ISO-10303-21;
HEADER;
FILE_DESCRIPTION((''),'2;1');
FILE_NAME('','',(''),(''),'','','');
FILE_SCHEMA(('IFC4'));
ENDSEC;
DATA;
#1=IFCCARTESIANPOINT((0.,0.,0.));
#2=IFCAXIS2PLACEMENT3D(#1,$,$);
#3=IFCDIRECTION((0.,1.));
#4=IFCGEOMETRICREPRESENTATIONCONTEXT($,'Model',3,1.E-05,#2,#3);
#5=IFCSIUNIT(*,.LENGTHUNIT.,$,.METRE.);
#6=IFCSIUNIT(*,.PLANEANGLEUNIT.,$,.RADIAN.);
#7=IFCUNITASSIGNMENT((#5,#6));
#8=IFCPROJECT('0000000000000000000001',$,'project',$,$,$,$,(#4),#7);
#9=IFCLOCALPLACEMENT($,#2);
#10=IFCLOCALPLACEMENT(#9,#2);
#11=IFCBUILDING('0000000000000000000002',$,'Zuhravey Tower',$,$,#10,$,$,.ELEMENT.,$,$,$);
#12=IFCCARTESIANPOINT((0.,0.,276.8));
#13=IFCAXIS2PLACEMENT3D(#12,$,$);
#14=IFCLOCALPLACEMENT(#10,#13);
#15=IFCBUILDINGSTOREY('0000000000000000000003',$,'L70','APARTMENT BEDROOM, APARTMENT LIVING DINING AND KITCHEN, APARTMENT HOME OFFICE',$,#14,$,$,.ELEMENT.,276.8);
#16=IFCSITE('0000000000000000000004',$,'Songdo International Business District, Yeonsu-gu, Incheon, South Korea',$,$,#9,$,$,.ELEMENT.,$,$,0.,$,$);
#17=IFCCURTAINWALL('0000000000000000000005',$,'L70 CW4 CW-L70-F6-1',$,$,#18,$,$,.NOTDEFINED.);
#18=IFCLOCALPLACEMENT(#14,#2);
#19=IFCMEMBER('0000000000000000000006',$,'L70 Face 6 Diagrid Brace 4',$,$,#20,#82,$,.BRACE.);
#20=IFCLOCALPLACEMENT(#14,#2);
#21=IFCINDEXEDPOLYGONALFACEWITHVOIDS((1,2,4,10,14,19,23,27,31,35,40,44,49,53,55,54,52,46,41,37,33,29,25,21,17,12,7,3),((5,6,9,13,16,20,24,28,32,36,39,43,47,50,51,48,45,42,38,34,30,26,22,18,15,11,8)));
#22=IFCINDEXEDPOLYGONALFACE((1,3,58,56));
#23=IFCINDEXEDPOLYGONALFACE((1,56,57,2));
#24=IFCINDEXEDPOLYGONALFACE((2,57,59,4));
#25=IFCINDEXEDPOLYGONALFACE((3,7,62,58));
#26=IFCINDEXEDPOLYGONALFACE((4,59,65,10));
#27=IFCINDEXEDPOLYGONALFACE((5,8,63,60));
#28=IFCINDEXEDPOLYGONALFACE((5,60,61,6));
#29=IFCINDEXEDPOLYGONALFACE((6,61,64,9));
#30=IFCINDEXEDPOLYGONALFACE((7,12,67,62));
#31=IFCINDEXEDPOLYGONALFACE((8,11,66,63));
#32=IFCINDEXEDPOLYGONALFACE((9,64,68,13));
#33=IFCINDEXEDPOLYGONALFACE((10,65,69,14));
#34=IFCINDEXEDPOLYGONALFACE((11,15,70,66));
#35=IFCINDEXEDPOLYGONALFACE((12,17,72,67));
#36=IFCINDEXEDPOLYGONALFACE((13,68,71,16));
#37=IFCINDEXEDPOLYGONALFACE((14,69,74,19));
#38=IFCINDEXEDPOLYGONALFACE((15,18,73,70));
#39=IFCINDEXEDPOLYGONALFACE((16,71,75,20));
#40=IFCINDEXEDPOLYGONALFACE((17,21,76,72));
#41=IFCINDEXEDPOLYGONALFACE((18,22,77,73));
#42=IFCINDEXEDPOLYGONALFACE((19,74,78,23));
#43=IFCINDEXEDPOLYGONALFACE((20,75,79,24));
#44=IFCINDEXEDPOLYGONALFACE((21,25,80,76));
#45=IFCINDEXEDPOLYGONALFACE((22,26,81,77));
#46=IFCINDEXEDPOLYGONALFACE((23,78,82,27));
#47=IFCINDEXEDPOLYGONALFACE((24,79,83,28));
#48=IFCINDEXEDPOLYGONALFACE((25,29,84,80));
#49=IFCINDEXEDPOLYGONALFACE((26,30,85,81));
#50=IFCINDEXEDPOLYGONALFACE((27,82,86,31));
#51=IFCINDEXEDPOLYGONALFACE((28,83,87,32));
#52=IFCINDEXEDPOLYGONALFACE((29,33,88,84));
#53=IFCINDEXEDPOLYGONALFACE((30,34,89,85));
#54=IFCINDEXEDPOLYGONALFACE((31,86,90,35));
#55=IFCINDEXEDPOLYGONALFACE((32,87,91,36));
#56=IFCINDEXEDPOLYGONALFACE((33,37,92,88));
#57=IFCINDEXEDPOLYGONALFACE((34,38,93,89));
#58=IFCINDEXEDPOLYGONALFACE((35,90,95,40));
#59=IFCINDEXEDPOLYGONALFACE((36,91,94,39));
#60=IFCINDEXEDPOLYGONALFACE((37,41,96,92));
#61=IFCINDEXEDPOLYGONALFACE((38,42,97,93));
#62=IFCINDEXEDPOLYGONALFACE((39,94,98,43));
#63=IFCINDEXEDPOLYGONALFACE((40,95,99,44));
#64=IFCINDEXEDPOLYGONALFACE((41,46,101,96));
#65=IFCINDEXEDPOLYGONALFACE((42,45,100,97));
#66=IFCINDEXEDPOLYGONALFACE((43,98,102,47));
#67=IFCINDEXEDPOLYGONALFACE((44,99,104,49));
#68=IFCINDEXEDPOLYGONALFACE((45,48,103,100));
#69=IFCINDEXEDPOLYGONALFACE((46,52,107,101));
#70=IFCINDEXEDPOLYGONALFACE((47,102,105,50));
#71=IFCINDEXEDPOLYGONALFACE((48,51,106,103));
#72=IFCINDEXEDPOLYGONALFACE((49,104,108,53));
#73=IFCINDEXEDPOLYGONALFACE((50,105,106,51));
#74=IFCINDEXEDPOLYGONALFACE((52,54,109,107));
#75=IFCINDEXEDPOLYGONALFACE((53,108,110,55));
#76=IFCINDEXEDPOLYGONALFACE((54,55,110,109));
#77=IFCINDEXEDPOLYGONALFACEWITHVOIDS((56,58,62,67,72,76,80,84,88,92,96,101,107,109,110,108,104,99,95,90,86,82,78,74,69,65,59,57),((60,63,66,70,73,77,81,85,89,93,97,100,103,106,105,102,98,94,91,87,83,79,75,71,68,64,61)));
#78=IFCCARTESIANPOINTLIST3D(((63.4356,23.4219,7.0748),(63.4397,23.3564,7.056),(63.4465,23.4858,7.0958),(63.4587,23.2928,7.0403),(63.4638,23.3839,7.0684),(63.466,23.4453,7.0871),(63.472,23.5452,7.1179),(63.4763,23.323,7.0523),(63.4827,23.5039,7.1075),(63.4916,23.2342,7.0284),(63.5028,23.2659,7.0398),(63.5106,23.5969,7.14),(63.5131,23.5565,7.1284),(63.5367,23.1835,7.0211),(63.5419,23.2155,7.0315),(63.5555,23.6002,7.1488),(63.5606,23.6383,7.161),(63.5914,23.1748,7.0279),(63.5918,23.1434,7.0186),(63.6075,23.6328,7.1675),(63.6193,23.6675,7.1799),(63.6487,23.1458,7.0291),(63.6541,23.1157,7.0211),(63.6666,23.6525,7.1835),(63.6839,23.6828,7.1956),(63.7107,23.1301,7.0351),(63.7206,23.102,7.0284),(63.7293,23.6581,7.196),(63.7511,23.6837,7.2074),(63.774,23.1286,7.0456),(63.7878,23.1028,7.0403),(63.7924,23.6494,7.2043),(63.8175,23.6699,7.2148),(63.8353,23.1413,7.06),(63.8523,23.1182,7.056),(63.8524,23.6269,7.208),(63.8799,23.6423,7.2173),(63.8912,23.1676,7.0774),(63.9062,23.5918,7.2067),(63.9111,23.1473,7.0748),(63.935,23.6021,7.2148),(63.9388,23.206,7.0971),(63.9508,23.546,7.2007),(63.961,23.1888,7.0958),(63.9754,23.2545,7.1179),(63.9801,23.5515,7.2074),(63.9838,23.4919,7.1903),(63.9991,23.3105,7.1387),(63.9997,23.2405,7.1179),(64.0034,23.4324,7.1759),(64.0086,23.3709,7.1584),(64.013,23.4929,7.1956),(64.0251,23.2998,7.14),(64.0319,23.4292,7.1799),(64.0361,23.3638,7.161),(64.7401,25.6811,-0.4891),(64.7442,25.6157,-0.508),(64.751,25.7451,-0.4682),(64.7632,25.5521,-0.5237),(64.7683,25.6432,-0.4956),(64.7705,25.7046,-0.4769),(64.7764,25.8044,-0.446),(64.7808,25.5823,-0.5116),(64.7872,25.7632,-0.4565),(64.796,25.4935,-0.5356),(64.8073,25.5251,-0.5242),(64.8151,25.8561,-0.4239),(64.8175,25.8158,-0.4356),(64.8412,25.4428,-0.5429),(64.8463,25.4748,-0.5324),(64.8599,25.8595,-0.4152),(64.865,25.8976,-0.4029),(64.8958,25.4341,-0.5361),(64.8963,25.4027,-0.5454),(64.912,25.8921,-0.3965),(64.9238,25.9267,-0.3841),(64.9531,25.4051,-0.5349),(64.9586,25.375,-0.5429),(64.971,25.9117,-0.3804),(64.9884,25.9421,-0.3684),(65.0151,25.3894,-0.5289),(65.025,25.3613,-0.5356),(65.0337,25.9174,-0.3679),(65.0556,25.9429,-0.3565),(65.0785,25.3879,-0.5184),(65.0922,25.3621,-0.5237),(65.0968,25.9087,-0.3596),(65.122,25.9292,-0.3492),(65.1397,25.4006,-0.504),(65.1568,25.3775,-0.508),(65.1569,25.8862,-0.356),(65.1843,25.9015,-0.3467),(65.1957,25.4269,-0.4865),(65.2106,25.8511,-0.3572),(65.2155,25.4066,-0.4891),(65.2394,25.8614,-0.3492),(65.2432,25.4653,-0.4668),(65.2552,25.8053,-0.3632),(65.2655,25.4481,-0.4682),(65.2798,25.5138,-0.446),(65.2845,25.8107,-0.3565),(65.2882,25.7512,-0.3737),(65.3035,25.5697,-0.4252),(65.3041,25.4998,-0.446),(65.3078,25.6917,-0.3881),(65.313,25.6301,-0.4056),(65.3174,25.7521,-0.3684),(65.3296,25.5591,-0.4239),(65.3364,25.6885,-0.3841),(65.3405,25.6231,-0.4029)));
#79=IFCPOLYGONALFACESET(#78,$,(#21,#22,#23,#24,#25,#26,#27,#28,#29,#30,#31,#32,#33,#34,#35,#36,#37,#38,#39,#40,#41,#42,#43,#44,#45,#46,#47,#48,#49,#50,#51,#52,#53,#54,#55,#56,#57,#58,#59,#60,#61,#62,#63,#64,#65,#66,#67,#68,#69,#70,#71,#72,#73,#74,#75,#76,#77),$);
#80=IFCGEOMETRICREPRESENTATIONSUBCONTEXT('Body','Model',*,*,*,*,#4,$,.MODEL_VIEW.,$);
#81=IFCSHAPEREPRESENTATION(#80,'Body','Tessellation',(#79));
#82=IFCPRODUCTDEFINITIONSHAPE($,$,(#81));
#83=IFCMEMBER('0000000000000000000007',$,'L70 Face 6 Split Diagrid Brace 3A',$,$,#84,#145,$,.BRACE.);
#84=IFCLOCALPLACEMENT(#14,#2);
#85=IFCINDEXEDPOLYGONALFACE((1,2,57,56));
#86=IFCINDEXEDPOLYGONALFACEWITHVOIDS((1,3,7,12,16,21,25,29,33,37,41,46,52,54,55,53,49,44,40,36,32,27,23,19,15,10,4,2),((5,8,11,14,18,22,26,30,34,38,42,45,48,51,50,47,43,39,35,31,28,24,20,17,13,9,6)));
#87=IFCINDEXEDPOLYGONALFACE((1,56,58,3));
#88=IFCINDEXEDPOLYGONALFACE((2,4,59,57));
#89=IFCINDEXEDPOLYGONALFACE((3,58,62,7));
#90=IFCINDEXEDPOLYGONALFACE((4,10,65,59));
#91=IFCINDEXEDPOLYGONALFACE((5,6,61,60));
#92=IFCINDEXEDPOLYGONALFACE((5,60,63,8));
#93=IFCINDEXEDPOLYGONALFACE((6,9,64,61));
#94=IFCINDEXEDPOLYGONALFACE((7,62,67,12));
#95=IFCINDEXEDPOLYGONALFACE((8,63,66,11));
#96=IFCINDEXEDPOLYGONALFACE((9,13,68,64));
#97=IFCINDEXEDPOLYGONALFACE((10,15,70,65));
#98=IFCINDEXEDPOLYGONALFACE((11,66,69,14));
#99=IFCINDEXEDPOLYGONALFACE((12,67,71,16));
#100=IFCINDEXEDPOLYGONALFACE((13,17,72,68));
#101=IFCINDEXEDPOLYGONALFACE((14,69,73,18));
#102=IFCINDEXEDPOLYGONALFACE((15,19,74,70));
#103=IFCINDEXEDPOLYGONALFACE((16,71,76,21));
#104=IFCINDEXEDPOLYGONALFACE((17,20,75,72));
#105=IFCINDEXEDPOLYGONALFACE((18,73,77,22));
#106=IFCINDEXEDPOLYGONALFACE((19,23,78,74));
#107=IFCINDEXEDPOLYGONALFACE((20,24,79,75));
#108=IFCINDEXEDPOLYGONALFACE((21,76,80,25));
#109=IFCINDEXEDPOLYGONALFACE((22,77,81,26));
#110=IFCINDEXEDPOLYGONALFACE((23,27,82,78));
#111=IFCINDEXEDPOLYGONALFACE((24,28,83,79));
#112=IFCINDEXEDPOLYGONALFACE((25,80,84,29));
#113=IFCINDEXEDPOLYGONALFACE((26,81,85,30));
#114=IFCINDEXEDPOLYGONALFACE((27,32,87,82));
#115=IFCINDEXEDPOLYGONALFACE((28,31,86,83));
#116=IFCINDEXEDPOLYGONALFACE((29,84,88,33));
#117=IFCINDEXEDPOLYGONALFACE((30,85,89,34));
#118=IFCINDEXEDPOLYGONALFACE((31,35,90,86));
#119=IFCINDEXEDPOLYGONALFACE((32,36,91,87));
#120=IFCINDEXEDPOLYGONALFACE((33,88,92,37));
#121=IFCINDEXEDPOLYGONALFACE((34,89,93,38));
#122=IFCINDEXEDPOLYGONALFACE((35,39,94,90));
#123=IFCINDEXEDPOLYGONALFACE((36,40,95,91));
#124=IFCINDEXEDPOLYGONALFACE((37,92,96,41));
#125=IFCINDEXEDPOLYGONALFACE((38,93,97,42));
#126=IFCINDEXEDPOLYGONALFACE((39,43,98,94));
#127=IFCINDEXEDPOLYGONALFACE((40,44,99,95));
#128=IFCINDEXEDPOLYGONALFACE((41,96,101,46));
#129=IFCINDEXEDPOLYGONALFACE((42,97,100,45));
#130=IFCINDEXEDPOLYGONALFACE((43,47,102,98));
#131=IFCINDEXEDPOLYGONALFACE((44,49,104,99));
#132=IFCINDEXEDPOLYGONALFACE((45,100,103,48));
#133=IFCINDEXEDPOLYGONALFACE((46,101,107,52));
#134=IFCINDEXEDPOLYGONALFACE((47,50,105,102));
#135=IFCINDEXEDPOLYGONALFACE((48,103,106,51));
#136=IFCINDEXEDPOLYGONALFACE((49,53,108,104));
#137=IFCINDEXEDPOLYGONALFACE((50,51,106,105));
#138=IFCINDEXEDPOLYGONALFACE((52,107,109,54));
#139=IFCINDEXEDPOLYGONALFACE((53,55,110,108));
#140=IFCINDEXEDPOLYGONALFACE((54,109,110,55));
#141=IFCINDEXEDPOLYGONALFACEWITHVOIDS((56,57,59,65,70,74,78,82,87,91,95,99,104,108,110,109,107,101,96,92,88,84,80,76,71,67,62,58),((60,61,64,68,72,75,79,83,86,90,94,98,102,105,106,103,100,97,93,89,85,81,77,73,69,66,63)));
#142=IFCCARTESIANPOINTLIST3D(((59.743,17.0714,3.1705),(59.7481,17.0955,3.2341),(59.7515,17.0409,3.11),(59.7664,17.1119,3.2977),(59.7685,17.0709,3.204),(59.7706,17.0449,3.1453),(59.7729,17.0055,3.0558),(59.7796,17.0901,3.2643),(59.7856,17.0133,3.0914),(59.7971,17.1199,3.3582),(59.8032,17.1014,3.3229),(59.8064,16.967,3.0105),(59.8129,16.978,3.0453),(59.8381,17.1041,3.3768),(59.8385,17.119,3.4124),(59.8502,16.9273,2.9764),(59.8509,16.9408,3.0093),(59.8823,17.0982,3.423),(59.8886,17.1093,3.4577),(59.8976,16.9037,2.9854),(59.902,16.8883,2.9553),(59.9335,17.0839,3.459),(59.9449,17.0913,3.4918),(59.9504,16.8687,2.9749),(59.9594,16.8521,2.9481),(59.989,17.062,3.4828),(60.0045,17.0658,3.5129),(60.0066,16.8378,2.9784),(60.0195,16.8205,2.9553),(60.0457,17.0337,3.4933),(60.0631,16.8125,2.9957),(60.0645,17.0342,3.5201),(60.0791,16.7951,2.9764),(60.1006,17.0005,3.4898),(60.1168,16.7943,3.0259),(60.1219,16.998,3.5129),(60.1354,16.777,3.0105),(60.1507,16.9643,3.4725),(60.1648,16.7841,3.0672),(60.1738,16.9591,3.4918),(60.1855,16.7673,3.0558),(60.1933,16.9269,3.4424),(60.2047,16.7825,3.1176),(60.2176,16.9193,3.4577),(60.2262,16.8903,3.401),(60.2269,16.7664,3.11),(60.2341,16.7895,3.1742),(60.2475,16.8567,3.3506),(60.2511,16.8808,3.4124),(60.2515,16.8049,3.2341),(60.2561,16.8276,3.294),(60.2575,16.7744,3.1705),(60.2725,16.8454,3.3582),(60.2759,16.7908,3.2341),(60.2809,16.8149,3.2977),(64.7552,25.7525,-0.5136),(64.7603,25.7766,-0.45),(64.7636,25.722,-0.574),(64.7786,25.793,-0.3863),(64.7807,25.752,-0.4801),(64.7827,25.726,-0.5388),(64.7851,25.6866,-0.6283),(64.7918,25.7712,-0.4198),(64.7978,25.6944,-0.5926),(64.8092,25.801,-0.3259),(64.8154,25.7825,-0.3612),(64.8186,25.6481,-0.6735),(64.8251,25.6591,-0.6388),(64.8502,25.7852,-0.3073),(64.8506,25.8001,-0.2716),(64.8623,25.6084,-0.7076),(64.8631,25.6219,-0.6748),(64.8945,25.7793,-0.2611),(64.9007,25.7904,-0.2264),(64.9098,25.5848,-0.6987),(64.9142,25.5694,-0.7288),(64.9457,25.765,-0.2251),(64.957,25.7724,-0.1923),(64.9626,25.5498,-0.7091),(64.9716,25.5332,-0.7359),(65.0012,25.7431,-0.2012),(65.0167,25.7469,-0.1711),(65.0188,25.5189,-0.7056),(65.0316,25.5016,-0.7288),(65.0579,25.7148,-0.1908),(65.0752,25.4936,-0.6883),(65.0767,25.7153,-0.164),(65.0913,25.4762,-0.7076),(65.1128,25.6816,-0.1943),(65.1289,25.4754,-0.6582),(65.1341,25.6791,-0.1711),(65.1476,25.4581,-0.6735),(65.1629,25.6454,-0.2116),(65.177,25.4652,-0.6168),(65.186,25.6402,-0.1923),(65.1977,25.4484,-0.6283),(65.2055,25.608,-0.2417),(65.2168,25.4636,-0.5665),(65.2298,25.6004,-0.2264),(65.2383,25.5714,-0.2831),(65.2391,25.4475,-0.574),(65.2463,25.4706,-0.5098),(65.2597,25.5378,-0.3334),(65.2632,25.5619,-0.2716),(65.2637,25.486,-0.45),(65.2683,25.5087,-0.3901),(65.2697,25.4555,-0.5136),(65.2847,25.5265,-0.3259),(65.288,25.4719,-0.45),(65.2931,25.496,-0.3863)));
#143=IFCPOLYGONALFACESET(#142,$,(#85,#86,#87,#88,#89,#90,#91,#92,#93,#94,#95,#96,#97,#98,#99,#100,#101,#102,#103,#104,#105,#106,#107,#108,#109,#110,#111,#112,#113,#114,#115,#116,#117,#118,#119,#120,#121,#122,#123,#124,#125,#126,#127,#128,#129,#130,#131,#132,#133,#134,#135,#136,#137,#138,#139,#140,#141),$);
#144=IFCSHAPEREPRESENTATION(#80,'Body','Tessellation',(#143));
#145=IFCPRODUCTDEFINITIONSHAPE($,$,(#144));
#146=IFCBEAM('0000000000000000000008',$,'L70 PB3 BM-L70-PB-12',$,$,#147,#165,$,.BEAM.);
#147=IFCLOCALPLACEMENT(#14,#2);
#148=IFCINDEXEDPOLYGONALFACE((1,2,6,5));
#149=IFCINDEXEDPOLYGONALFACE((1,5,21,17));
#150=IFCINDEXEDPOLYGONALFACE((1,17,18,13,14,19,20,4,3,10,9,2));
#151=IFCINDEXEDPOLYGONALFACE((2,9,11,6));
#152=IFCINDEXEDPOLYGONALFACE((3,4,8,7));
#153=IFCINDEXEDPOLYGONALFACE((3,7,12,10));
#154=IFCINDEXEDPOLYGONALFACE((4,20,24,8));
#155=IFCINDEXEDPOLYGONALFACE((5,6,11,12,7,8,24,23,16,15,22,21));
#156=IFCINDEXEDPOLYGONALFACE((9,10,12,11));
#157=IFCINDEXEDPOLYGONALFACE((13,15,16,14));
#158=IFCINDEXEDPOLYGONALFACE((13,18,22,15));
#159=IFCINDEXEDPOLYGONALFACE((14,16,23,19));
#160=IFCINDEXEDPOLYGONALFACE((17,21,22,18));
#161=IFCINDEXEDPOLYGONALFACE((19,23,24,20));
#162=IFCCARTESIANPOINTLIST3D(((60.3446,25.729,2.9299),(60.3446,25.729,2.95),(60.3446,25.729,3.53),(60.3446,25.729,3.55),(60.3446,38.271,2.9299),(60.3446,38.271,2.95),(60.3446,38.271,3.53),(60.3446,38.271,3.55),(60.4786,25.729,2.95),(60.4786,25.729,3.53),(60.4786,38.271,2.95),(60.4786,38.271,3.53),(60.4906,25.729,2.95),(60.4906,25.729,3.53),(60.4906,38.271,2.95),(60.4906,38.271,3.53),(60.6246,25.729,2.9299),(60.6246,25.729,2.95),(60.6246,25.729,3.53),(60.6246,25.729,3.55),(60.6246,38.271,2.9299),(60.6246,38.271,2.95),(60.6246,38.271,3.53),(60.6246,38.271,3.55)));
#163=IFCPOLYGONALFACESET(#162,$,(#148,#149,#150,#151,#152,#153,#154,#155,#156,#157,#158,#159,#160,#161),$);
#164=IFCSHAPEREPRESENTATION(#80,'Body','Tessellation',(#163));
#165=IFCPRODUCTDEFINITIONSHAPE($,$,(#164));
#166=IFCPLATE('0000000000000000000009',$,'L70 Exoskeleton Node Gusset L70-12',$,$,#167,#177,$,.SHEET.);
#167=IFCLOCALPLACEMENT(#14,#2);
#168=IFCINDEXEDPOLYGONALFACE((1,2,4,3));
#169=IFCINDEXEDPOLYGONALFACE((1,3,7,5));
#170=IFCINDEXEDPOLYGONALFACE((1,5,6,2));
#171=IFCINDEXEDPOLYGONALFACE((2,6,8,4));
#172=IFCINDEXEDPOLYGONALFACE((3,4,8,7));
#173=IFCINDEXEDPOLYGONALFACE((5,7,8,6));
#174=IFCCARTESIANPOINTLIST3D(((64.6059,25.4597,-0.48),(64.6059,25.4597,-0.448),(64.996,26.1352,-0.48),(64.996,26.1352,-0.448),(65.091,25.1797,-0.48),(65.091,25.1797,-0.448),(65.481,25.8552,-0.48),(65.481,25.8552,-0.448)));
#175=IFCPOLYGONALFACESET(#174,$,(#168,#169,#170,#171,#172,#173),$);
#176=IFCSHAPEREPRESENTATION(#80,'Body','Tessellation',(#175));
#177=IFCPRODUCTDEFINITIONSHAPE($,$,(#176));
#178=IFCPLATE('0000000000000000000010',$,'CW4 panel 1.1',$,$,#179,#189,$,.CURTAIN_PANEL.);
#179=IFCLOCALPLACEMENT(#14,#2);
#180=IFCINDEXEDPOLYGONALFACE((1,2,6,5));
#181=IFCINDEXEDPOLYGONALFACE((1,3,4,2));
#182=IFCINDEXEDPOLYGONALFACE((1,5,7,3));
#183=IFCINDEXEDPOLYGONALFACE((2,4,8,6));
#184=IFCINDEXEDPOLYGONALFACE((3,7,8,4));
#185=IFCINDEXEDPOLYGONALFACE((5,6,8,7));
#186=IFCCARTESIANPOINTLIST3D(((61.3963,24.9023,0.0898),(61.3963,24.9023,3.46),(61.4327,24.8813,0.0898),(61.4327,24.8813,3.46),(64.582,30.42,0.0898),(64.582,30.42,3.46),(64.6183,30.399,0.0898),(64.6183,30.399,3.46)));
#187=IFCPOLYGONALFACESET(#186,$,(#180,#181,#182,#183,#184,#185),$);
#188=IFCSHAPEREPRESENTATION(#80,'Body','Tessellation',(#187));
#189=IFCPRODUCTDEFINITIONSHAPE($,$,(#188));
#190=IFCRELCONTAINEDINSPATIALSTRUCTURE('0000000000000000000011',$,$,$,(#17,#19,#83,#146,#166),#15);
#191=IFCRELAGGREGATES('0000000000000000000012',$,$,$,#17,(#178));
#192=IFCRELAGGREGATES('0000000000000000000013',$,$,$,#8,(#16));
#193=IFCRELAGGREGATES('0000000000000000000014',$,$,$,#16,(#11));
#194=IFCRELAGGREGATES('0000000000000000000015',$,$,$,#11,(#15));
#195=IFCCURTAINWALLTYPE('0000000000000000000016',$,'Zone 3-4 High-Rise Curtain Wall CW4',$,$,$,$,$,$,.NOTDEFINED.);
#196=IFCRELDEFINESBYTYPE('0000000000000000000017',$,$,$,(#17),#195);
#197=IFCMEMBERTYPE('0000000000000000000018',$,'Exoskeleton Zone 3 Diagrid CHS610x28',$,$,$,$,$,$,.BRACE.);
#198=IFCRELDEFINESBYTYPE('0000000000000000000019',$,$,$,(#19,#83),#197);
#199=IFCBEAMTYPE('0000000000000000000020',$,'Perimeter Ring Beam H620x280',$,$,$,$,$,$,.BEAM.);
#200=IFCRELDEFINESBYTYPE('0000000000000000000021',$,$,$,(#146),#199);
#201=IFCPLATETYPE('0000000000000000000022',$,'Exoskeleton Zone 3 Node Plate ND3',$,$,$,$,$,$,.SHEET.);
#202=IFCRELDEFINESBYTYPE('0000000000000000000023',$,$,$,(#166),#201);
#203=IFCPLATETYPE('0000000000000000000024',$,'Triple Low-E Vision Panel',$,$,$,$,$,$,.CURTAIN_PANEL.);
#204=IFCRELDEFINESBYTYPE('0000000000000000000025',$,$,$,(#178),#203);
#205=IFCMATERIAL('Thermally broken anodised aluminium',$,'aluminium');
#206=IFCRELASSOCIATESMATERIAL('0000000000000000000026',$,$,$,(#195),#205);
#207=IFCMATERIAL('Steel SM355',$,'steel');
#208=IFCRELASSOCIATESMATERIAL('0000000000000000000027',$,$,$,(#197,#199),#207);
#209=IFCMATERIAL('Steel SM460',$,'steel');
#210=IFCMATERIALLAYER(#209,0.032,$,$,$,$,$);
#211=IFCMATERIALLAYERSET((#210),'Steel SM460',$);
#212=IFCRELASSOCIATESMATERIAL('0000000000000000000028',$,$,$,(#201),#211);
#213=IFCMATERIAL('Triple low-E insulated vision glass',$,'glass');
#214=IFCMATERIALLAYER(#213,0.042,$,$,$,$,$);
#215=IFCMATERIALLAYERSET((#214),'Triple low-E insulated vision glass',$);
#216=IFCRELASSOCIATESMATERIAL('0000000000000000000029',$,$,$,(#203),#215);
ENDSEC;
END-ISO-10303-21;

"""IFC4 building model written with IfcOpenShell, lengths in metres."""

from ifc_helpers import new_model, si_unit, direction, frame, origin, origin_2d, place, context, subcontext, project, spatial, rectangle, hollow_circle, i_section, extrude, material, layer, layer_set, material_profile, profile_set, type_object, element, aggregate, save


model = new_model("IFC4")

# Units and contexts
model_context = context("Model", 3, precision=1e-05, world=origin(), true_north=direction((0.0, 1.0)))
body_context = subcontext(model_context, "Body", "Model", "MODEL_VIEW")
ifc_project = project(units=[si_unit("LENGTHUNIT", "METRE"), si_unit("PLANEANGLEUNIT", "RADIAN")], contexts=[model_context])

# Site, building, storey
site_placement = place(None, origin())
site = spatial("IfcSite", under=ifc_project, at=site_placement, Name="Songdo International Business District, Yeonsu-gu, Incheon, South Korea", CompositionType="ELEMENT", RefElevation=0.0)
building_placement = place(site_placement, origin())
building = spatial("IfcBuilding", under=site, at=building_placement, Name="Zuhravey Tower", CompositionType="ELEMENT")
storey_placement = place(building_placement, frame((0.0, 0.0, 276.8)))
storey = spatial("IfcBuildingStorey", under=building, at=storey_placement, Name="L70", Description="APARTMENT BEDROOM, APARTMENT LIVING DINING AND KITCHEN, APARTMENT HOME OFFICE", CompositionType="ELEMENT", Elevation=276.8)

# Curtain wall
ifc_material_1 = material(Name="Thermally broken anodised aluminium", Category="aluminium")
curtain_wall_type = type_object("IfcCurtainWallType", Name="Zone 3-4 High-Rise Curtain Wall CW4", PredefinedType="NOTDEFINED", material=ifc_material_1)
curtain_wall_placement = place(storey_placement, origin())
curtain_wall = element("IfcCurtainWall", 1, at=curtain_wall_placement, inside=storey, type_object=curtain_wall_type, Name="L70 CW4 CW-L70-F6-1", PredefinedType="NOTDEFINED")

# Members
ifc_material_2 = material(Name="Steel SM355", Category="steel")
ifc_material_profile_1 = material_profile(ifc_material_2, hollow_circle(Radius=0.3047, WallThickness=0.0281, at=origin_2d()), Name="CHS-609.6x28")
ifc_profile_set_1 = profile_set([ifc_material_profile_1], Name="Steel SM355")
member_type_1 = type_object("IfcMemberType", Name="Exoskeleton Zone 3 Diagrid CHS610x28", PredefinedType="BRACE", material=ifc_profile_set_1)
member_1_placement = place(storey_placement, frame((65.0403, 25.6521, -0.446), z_axis=(-0.163031, -0.282367, 0.945352), x_axis=(0.866017, -0.500014, 0.0)))
element("IfcMember", 2, at=member_1_placement, inside=storey, type_object=member_type_1, Name="L70 Face 6 Diagrid Brace 4", PredefinedType="BRACE", context=body_context, shape_type="SweptSolid", body=[
    extrude(hollow_circle(Radius=0.3047, WallThickness=0.0281, at=origin_2d()), origin(), (0.0, 0.0, 1.0), 8.0012),
])
member_2_placement = place(storey_placement, frame((65.0242, 25.6243, -0.45), z_axis=(-0.469319, -0.812861, 0.34496), x_axis=(0.866019, -0.500011, 0.0)))
element("IfcMember", 3, at=member_2_placement, inside=storey, type_object=member_type_1, Name="L70 Face 6 Split Diagrid Brace 3A", PredefinedType="BRACE", context=body_context, shape_type="SweptSolid", body=[
    extrude(hollow_circle(Radius=0.3047, WallThickness=0.0281, at=origin_2d()), origin(), (0.0, 0.0, 1.0), 10.6797),
])

# Beam
ifc_material_profile_2 = material_profile(ifc_material_2, i_section(OverallWidth=0.28, OverallDepth=0.6201, WebThickness=0.012, FlangeThickness=0.02, at=origin_2d()), Name="H-620x280x12x20")
ifc_profile_set_2 = profile_set([ifc_material_profile_2], Name="Steel SM355")
beam_type = type_object("IfcBeamType", Name="Perimeter Ring Beam H620x280", PredefinedType="BEAM", material=ifc_profile_set_2)
beam_placement = place(storey_placement, frame((60.4846, 25.729, 3.24), z_axis=(0.0, 1.0, 0.0), x_axis=(-1.0, 0.0, 0.0)))
element("IfcBeam", 4, at=beam_placement, inside=storey, type_object=beam_type, Name="L70 PB3 BM-L70-PB-12", PredefinedType="BEAM", context=body_context, shape_type="SweptSolid", body=[
    extrude(i_section(OverallWidth=0.28, OverallDepth=0.6201, WebThickness=0.012, FlangeThickness=0.02, at=origin_2d()), origin(), (0.0, 0.0, 1.0), 12.542),
])

# Plates
ifc_material_3 = material(Name="Steel SM460", Category="steel")
ifc_layer_1 = layer(ifc_material_3, 0.032)
ifc_layer_set_1 = layer_set([ifc_layer_1], Name="Steel SM460")
plate_type_1 = type_object("IfcPlateType", Name="Exoskeleton Zone 3 Node Plate ND3", PredefinedType="SHEET", material=ifc_layer_set_1)
plate_1_placement = place(storey_placement, frame((65.0435, 25.6575, -0.48), z_axis=(0.0, 0.0, 1.0), x_axis=(0.5, 0.866025, 0.0)))
element("IfcPlate", 5, at=plate_1_placement, inside=storey, type_object=plate_type_1, Name="L70 Exoskeleton Node Gusset L70-12", PredefinedType="SHEET", context=body_context, shape_type="SweptSolid", body=[
    extrude(rectangle(XDim=0.78, YDim=0.5601, at=origin_2d()), origin(), (0.0, 0.0, 1.0), 0.032),
])
ifc_material_4 = material(Name="Triple low-E insulated vision glass", Category="glass")
ifc_layer_2 = layer(ifc_material_4, 0.042)
ifc_layer_set_2 = layer_set([ifc_layer_2], Name="Triple low-E insulated vision glass")
plate_type_2 = type_object("IfcPlateType", Name="Triple Low-E Vision Panel", PredefinedType="CURTAIN_PANEL", material=ifc_layer_set_2)
plate_2_placement = place(storey_placement, frame((63.0073, 27.6506, 0.0898), z_axis=(0.0, 0.0, 1.0), x_axis=(-0.500001, -0.866025, 0.0)))
plate_2 = element("IfcPlate", 6, at=plate_2_placement, type_object=plate_type_2, Name="CW4 panel 1.1", PredefinedType="CURTAIN_PANEL", context=body_context, shape_type="SweptSolid", body=[
    extrude(rectangle(XDim=6.3713, YDim=0.042, at=origin_2d()), origin(), (0.0, 0.0, 1.0), 3.3701),
])
aggregate(curtain_wall, [plate_2])

save(model, "model.ifc")
